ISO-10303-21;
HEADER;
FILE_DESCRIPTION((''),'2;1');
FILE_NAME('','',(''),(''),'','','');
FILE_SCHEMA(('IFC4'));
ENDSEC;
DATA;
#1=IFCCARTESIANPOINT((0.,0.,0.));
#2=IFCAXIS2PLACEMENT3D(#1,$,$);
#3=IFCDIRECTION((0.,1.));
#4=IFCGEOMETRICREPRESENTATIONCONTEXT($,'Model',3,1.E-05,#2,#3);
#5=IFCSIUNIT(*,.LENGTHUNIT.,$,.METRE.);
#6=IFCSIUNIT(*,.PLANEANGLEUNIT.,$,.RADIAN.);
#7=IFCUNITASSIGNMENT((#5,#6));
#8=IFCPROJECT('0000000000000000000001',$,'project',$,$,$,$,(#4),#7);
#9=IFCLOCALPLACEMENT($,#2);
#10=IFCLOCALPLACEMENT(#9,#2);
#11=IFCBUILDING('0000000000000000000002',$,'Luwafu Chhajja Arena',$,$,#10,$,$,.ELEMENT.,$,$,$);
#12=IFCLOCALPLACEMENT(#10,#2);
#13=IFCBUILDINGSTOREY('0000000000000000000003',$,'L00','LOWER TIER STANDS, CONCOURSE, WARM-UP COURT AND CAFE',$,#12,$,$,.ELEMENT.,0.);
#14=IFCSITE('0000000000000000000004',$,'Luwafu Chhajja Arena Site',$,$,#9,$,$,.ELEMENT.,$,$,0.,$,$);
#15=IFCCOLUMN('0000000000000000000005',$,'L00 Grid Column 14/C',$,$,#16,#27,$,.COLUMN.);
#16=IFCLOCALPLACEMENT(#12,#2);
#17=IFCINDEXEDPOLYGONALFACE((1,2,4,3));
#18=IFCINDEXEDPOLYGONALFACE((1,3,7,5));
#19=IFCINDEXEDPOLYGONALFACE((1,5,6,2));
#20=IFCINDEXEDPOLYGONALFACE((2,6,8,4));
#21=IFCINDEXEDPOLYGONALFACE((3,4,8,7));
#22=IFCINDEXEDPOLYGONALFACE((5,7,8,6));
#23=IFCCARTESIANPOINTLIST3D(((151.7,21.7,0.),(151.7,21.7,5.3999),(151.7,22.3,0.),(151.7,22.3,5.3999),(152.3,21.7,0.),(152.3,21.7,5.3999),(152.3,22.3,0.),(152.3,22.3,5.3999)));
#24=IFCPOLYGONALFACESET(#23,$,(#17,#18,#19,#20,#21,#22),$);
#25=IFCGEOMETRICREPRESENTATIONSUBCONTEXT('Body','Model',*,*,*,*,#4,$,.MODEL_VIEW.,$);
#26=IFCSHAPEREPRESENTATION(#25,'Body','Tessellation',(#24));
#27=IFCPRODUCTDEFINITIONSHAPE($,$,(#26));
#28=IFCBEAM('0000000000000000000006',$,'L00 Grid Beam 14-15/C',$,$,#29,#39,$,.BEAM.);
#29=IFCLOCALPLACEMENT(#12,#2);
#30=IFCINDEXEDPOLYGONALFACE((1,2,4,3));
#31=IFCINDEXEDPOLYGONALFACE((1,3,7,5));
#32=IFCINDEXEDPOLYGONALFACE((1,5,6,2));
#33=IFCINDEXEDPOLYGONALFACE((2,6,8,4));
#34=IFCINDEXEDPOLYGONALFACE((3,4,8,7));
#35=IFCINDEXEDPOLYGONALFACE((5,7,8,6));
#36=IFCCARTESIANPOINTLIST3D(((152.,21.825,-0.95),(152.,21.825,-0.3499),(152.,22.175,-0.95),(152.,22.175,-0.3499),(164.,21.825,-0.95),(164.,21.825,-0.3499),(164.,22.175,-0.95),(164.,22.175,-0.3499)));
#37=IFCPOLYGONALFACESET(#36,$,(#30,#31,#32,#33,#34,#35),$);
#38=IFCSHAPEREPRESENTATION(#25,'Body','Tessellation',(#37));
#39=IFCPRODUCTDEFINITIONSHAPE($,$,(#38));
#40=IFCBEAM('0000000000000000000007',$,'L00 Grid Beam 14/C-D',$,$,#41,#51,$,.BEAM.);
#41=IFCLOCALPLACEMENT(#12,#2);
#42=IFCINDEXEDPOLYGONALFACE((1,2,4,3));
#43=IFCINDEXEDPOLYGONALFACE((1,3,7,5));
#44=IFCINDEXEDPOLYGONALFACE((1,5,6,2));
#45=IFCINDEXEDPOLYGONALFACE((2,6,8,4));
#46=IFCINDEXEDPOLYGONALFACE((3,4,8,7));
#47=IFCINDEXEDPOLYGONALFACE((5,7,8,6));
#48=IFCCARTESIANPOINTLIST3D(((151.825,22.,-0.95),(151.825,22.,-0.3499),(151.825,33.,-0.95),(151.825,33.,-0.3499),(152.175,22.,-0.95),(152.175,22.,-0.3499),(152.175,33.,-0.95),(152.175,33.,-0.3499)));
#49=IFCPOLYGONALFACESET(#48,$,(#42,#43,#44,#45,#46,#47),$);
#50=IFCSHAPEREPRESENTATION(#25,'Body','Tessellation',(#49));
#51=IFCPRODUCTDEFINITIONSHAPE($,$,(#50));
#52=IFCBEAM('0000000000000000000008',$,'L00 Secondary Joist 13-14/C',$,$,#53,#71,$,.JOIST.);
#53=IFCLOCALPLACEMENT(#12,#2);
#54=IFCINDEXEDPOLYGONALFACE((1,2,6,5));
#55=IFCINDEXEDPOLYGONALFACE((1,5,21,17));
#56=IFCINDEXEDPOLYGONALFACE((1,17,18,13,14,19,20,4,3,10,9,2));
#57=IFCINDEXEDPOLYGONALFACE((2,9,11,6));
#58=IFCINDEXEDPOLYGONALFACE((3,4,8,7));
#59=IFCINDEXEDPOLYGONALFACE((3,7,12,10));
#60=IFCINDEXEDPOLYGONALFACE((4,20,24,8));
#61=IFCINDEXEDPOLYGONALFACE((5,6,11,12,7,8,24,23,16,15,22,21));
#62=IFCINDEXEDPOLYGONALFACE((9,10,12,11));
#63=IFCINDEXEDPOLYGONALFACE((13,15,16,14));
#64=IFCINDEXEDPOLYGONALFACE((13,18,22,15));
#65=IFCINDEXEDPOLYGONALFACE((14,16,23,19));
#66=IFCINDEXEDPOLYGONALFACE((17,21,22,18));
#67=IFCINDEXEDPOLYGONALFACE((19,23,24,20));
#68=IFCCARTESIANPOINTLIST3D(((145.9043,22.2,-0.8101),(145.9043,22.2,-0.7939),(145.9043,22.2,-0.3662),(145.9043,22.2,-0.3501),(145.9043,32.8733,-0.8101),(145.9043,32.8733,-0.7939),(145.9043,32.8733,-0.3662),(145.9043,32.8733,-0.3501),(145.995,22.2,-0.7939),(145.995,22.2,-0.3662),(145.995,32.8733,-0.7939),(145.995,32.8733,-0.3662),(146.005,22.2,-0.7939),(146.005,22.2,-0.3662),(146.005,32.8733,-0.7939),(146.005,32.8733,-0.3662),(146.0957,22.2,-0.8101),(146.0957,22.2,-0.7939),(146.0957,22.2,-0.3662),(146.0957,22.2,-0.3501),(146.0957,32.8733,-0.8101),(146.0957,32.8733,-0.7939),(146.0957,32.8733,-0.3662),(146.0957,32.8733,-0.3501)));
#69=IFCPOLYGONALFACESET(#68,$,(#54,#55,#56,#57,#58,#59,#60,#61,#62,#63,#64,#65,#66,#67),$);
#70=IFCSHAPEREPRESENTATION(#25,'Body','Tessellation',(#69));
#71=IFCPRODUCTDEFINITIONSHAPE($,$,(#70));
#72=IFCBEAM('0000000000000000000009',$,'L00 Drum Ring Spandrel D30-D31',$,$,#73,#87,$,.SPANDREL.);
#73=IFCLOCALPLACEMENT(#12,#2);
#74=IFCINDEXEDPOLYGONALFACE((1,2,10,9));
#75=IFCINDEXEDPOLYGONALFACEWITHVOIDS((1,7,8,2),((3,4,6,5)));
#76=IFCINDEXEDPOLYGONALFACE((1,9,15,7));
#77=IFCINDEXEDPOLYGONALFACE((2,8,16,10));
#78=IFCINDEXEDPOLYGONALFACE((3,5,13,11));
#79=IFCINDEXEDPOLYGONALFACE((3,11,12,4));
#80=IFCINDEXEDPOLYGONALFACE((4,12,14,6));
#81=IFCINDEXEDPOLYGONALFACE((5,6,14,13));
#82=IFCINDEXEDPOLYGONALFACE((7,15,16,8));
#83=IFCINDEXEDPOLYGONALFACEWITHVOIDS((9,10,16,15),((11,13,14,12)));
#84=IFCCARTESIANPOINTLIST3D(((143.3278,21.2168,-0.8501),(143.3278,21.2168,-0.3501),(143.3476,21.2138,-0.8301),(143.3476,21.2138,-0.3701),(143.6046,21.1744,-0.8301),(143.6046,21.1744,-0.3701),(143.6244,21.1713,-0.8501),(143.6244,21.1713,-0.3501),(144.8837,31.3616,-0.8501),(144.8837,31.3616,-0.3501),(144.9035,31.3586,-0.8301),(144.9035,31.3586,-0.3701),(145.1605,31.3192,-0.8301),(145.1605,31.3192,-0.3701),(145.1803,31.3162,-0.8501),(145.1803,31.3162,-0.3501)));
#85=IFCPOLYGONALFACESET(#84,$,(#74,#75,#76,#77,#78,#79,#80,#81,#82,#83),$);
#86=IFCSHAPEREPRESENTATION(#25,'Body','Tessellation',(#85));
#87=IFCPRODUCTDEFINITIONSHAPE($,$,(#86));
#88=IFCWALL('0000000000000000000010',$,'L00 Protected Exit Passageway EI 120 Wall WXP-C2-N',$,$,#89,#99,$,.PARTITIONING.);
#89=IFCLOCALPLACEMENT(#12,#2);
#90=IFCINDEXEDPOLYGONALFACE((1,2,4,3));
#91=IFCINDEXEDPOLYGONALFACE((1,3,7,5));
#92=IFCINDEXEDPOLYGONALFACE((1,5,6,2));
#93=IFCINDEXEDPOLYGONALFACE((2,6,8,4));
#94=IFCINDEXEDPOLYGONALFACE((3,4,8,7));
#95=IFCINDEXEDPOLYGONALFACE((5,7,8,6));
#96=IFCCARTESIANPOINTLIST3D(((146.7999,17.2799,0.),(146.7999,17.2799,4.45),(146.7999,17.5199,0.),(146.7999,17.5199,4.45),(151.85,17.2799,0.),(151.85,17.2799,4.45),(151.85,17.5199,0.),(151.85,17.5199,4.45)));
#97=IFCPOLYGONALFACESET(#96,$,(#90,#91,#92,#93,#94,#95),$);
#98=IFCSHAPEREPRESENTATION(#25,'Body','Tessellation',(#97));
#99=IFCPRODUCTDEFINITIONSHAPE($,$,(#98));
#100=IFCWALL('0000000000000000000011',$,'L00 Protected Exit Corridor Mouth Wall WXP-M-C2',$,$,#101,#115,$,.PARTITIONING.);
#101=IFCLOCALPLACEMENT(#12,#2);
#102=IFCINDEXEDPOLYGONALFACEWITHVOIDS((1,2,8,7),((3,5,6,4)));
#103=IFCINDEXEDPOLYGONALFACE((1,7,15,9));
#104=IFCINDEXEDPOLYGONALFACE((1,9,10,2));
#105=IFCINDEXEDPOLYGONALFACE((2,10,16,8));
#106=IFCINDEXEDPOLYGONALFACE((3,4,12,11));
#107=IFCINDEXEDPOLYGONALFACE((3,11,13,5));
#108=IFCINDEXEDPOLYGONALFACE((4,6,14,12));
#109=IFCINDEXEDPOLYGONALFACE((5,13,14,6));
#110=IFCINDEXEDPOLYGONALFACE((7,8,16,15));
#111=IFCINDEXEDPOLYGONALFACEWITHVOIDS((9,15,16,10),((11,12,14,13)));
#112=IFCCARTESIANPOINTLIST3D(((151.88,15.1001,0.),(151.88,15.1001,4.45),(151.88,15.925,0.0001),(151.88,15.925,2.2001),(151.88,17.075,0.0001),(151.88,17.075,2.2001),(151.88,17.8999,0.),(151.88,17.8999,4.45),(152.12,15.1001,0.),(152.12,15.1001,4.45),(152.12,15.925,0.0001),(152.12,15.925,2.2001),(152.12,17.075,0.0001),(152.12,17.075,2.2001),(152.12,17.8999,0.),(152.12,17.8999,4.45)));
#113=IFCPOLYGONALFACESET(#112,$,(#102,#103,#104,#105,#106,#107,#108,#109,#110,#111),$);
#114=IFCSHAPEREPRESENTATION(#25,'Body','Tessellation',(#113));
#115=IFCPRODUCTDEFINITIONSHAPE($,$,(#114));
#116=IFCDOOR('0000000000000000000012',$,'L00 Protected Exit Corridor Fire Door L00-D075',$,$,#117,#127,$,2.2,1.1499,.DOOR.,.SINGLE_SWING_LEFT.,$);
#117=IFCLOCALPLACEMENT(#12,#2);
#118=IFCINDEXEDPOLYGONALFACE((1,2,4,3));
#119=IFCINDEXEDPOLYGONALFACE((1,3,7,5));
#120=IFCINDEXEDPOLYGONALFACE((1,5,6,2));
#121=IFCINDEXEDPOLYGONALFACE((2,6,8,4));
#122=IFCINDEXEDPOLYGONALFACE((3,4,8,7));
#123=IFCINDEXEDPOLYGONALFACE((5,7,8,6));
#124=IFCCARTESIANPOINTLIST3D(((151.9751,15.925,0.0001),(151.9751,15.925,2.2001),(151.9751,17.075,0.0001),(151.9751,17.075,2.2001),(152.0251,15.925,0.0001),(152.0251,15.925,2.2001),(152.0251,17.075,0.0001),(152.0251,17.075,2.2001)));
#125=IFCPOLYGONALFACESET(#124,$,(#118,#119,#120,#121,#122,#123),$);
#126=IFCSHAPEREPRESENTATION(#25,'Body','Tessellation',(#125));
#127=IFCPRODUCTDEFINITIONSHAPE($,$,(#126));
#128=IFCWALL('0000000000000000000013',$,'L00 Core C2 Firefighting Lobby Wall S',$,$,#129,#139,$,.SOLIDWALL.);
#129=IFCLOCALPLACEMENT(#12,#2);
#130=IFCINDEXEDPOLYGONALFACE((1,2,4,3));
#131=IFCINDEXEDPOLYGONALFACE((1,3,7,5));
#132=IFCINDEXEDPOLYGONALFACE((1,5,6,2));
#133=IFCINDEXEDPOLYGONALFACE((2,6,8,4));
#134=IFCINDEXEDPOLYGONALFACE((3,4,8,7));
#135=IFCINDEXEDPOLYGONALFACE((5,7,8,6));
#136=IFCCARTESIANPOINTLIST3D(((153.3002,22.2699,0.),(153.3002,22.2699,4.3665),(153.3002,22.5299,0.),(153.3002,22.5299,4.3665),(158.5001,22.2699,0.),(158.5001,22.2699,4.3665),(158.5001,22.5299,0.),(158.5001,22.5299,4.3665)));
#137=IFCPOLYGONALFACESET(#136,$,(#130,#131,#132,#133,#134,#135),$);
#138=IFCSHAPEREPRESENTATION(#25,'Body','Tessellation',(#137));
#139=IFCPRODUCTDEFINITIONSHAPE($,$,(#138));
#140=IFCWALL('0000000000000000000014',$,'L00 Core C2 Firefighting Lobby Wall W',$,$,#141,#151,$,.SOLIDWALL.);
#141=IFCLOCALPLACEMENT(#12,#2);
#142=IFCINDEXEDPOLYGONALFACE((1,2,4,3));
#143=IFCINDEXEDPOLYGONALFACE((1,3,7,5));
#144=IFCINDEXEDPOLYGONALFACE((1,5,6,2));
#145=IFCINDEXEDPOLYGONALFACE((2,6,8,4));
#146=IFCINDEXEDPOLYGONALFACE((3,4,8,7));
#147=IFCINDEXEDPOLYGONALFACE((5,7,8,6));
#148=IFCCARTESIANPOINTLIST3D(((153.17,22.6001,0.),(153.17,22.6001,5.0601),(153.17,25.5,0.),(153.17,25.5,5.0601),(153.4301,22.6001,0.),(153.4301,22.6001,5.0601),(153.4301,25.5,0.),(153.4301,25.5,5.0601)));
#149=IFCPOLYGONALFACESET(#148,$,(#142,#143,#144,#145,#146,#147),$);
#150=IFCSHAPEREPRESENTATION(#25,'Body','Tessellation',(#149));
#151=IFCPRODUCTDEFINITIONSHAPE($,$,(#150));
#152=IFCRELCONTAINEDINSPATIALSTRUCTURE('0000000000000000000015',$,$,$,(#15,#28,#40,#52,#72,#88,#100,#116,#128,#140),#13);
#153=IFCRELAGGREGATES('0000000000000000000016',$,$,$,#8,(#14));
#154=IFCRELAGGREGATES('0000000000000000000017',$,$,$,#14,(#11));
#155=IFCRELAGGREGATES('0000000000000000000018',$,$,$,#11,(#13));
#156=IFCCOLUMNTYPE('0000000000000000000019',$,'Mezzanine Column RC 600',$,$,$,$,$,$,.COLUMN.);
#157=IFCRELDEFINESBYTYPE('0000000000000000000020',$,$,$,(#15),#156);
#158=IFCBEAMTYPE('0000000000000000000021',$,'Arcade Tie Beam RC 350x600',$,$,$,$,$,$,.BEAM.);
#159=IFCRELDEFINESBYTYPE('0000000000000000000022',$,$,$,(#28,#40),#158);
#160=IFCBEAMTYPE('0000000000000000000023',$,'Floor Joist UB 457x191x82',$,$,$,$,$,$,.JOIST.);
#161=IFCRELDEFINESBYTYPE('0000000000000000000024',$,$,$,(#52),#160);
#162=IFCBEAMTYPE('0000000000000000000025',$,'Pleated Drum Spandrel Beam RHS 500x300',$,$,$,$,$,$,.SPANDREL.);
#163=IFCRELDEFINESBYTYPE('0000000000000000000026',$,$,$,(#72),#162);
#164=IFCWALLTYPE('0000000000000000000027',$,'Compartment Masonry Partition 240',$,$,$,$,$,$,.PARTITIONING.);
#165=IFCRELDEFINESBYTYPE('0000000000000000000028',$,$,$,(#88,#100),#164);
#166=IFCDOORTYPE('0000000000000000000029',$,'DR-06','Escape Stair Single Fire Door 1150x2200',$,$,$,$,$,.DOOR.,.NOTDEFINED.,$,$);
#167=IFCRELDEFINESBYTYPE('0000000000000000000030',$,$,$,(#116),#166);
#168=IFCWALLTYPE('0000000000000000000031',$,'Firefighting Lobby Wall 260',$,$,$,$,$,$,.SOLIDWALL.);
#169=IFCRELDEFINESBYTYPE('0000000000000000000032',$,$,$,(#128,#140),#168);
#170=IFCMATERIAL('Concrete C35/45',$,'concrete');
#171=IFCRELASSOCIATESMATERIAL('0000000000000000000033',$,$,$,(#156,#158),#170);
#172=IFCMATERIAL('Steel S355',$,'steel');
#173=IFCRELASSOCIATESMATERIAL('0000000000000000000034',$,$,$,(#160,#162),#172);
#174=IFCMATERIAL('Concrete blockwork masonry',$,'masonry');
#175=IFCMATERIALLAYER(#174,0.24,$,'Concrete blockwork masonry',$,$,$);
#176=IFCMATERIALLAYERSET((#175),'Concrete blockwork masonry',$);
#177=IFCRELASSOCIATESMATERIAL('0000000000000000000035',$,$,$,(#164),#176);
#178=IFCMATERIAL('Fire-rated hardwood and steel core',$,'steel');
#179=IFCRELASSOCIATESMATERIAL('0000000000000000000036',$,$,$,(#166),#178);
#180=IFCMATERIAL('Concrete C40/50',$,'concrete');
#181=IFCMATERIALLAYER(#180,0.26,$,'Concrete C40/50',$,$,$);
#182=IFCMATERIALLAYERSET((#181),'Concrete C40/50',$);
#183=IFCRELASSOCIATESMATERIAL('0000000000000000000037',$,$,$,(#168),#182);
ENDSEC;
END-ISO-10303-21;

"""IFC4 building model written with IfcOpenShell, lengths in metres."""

from ifc_helpers import new_model, si_unit, direction, frame, frame_2d, origin, origin_2d, place, context, subcontext, project, spatial, rectangle, hollow_rectangle, i_section, extrude, material, layer, layer_set, material_profile, profile_set, type_object, element, fill, save


model = new_model("IFC4")

# Units and contexts
model_context = context("Model", 3, precision=1e-05, world=origin(), true_north=direction((0.0, 1.0)))
body_context = subcontext(model_context, "Body", "Model", "MODEL_VIEW")
ifc_project = project(units=[si_unit("LENGTHUNIT", "METRE"), si_unit("PLANEANGLEUNIT", "RADIAN")], contexts=[model_context])

# Site, building, storey
site_placement = place(None, origin())
site = spatial("IfcSite", under=ifc_project, at=site_placement, Name="Luwafu Chhajja Arena Site", CompositionType="ELEMENT", RefElevation=0.0)
building_placement = place(site_placement, origin())
building = spatial("IfcBuilding", under=site, at=building_placement, Name="Luwafu Chhajja Arena", CompositionType="ELEMENT")
storey_placement = place(building_placement, origin())
storey = spatial("IfcBuildingStorey", under=building, at=storey_placement, Name="L00", Description="LOWER TIER STANDS, CONCOURSE, WARM-UP COURT AND CAFE", CompositionType="ELEMENT", Elevation=0.0)

# Column
ifc_material_1 = material(Name="Concrete C35/45", Category="concrete")
ifc_material_profile_1 = material_profile(ifc_material_1, rectangle(XDim=0.6001, YDim=0.6001, at=origin_2d()), Name="RC 600x600")
ifc_profile_set_1 = profile_set([ifc_material_profile_1], Name="Concrete C35/45")
column_type = type_object("IfcColumnType", Name="Mezzanine Column RC 600", PredefinedType="COLUMN", material=ifc_profile_set_1)
column_placement = place(storey_placement, frame((152.0, 22.0, 0.0), z_axis=(0.0, 0.0, 1.0), x_axis=(1.0, 0.0, 0.0)))
element("IfcColumn", 1, at=column_placement, inside=storey, type_object=column_type, Name="L00 Grid Column 14/C", PredefinedType="COLUMN", context=body_context, shape_type="SweptSolid", body=[
    extrude(rectangle(XDim=0.6001, YDim=0.6001, at=origin_2d()), origin(), (0.0, 0.0, 1.0), 5.3999),
])

# Beams
ifc_material_profile_2 = material_profile(ifc_material_1, rectangle(XDim=0.3501, YDim=0.6001, at=origin_2d()), Name="RC 350x600")
ifc_profile_set_2 = profile_set([ifc_material_profile_2], Name="Concrete C35/45")
beam_type_1 = type_object("IfcBeamType", Name="Arcade Tie Beam RC 350x600", PredefinedType="BEAM", material=ifc_profile_set_2)
beam_1_placement = place(storey_placement, frame((152.0, 22.0, -0.6499), z_axis=(1.0, 0.0, 0.0), x_axis=(0.0, 1.0, 0.0)))
element("IfcBeam", 2, at=beam_1_placement, inside=storey, type_object=beam_type_1, Name="L00 Grid Beam 14-15/C", PredefinedType="BEAM", context=body_context, shape_type="SweptSolid", body=[
    extrude(rectangle(XDim=0.3501, YDim=0.6001, at=origin_2d()), origin(), (0.0, 0.0, 1.0), 12.0),
])
beam_2_placement = place(storey_placement, frame((152.0, 22.0, -0.6499), z_axis=(0.0, 1.0, 0.0), x_axis=(-1.0, 0.0, 0.0)))
element("IfcBeam", 3, at=beam_2_placement, inside=storey, type_object=beam_type_1, Name="L00 Grid Beam 14/C-D", PredefinedType="BEAM", context=body_context, shape_type="SweptSolid", body=[
    extrude(rectangle(XDim=0.3501, YDim=0.6001, at=origin_2d()), origin(), (0.0, 0.0, 1.0), 11.0),
])
ifc_material_2 = material(Name="Steel S355", Category="steel")
ifc_material_profile_3 = material_profile(ifc_material_2, i_section(OverallWidth=0.1914, OverallDepth=0.46, WebThickness=0.01, FlangeThickness=0.0161, at=origin_2d()), Name="UB 457x191x82")
ifc_profile_set_3 = profile_set([ifc_material_profile_3], Name="Steel S355")
beam_type_2 = type_object("IfcBeamType", Name="Floor Joist UB 457x191x82", PredefinedType="JOIST", material=ifc_profile_set_3)
beam_3_placement = place(storey_placement, frame((146.0, 22.2, -0.5801), z_axis=(0.0, 1.0, 0.0), x_axis=(-1.0, 0.0, 0.0)))
element("IfcBeam", 4, at=beam_3_placement, inside=storey, type_object=beam_type_2, Name="L00 Secondary Joist 13-14/C", PredefinedType="JOIST", context=body_context, shape_type="SweptSolid", body=[
    extrude(i_section(OverallWidth=0.1914, OverallDepth=0.46, WebThickness=0.01, FlangeThickness=0.0161, at=origin_2d()), origin(), (0.0, 0.0, 1.0), 10.6733),
])
ifc_material_profile_4 = material_profile(ifc_material_2, hollow_rectangle(XDim=0.3, YDim=0.5, WallThickness=0.02, at=origin_2d()), Name="RHS 500x300x20")
ifc_profile_set_4 = profile_set([ifc_material_profile_4], Name="Steel S355")
beam_type_3 = type_object("IfcBeamType", Name="Pleated Drum Spandrel Beam RHS 500x300", PredefinedType="SPANDREL", material=ifc_profile_set_4)
beam_4_placement = place(storey_placement, frame((143.4761, 21.1941, -0.6001), z_axis=(0.151598, 0.988442, 0.0), x_axis=(-0.988442, 0.151598, 0.0)))
element("IfcBeam", 5, at=beam_4_placement, inside=storey, type_object=beam_type_3, Name="L00 Drum Ring Spandrel D30-D31", PredefinedType="SPANDREL", context=body_context, shape_type="SweptSolid", body=[
    extrude(hollow_rectangle(XDim=0.3, YDim=0.5, WallThickness=0.02, at=origin_2d()), origin(), (0.0, 0.0, 1.0), 10.2634),
])

# Wall
ifc_material_3 = material(Name="Concrete blockwork masonry", Category="masonry")
ifc_layer_1 = layer(ifc_material_3, 0.24, Name="Concrete blockwork masonry")
ifc_layer_set_1 = layer_set([ifc_layer_1], Name="Concrete blockwork masonry")
wall_type_1 = type_object("IfcWallType", Name="Compartment Masonry Partition 240", PredefinedType="PARTITIONING", material=ifc_layer_set_1)
wall_1_placement = place(storey_placement, frame((146.8, 17.3999, 0.0), z_axis=(0.0, 0.0, 1.0), x_axis=(1.0, 0.0, 0.0)))
element("IfcWall", 6, at=wall_1_placement, inside=storey, type_object=wall_type_1, Name="L00 Protected Exit Passageway EI 120 Wall WXP-C2-N", PredefinedType="PARTITIONING", context=body_context, shape_type="SweptSolid", body=[
    extrude(rectangle(XDim=5.05, YDim=0.24, at=frame_2d((2.5249, 0.0))), origin(), (0.0, 0.0, 1.0), 4.45),
])

# Wall, opening, door
wall_2_placement = place(storey_placement, frame((152.0, 15.1001, 0.0), z_axis=(0.0, 0.0, 1.0), x_axis=(0.0, 1.0, 0.0)))
wall_2 = element("IfcWall", 7, at=wall_2_placement, inside=storey, type_object=wall_type_1, Name="L00 Protected Exit Corridor Mouth Wall WXP-M-C2", PredefinedType="PARTITIONING", context=body_context, shape_type="SweptSolid", body=[
    extrude(rectangle(XDim=2.7998, YDim=0.24, at=frame_2d((1.3999, 0.0))), origin(), (0.0, 0.0, 1.0), 4.45),
])
opening_1_placement = place(wall_2_placement, frame((0.825, 0.0, 0.0)))
opening_1 = element("IfcOpeningElement", 8, at=opening_1_placement, cuts=wall_2, PredefinedType="OPENING", context=body_context, shape_type="SweptSolid", body=[
    extrude(rectangle(XDim=1.1499, YDim=2.2, at=frame_2d((0.575, 1.1001))), frame((0.0, 0.1299, 0.0), z_axis=(0.0, -1.0, 0.0), x_axis=(1.0, 0.0, 0.0)), (0.0, 0.0, 1.0), 0.26),
])
ifc_material_4 = material(Name="Fire-rated hardwood and steel core", Category="steel")
door_type = type_object("IfcDoorType", Name="DR-06", Description="Escape Stair Single Fire Door 1150x2200", OperationType="NOTDEFINED", PredefinedType="DOOR", material=ifc_material_4)
door_1_placement = place(opening_1_placement, origin())
door_1 = element("IfcDoor", 9, at=door_1_placement, inside=storey, type_object=door_type, Name="L00 Protected Exit Corridor Fire Door L00-D075", OperationType="SINGLE_SWING_LEFT", OverallHeight=2.2, OverallWidth=1.1499, PredefinedType="DOOR", context=body_context, shape_type="SweptSolid", body=[
    extrude(rectangle(XDim=1.1499, YDim=2.2, at=frame_2d((0.575, 1.1001))), frame((0.0, 0.0249, 0.0), z_axis=(0.0, -1.0, 0.0), x_axis=(1.0, 0.0, 0.0)), (0.0, 0.0, 1.0), 0.05),
])
fill(opening_1, door_1)

# Walls
ifc_material_5 = material(Name="Concrete C40/50", Category="concrete")
ifc_layer_2 = layer(ifc_material_5, 0.26, Name="Concrete C40/50")
ifc_layer_set_2 = layer_set([ifc_layer_2], Name="Concrete C40/50")
wall_type_2 = type_object("IfcWallType", Name="Firefighting Lobby Wall 260", PredefinedType="SOLIDWALL", material=ifc_layer_set_2)
wall_3_placement = place(storey_placement, frame((153.3, 22.3999, 0.0), z_axis=(0.0, 0.0, 1.0), x_axis=(1.0, 0.0, 0.0)))
element("IfcWall", 10, at=wall_3_placement, inside=storey, type_object=wall_type_2, Name="L00 Core C2 Firefighting Lobby Wall S", PredefinedType="SOLIDWALL", context=body_context, shape_type="SweptSolid", body=[
    extrude(rectangle(XDim=5.2, YDim=0.26, at=frame_2d((2.6001, 0.0))), origin(), (0.0, 0.0, 1.0), 4.3665),
])
wall_4_placement = place(storey_placement, frame((153.3, 22.6001, 0.0), z_axis=(0.0, 0.0, 1.0), x_axis=(0.0, 1.0, 0.0)))
element("IfcWall", 11, at=wall_4_placement, inside=storey, type_object=wall_type_2, Name="L00 Core C2 Firefighting Lobby Wall W", PredefinedType="SOLIDWALL", context=body_context, shape_type="SweptSolid", body=[
    extrude(rectangle(XDim=2.8999, YDim=0.26, at=frame_2d((1.45, 0.0))), origin(), (0.0, 0.0, 1.0), 5.0601),
])

save(model, "model.ifc")
